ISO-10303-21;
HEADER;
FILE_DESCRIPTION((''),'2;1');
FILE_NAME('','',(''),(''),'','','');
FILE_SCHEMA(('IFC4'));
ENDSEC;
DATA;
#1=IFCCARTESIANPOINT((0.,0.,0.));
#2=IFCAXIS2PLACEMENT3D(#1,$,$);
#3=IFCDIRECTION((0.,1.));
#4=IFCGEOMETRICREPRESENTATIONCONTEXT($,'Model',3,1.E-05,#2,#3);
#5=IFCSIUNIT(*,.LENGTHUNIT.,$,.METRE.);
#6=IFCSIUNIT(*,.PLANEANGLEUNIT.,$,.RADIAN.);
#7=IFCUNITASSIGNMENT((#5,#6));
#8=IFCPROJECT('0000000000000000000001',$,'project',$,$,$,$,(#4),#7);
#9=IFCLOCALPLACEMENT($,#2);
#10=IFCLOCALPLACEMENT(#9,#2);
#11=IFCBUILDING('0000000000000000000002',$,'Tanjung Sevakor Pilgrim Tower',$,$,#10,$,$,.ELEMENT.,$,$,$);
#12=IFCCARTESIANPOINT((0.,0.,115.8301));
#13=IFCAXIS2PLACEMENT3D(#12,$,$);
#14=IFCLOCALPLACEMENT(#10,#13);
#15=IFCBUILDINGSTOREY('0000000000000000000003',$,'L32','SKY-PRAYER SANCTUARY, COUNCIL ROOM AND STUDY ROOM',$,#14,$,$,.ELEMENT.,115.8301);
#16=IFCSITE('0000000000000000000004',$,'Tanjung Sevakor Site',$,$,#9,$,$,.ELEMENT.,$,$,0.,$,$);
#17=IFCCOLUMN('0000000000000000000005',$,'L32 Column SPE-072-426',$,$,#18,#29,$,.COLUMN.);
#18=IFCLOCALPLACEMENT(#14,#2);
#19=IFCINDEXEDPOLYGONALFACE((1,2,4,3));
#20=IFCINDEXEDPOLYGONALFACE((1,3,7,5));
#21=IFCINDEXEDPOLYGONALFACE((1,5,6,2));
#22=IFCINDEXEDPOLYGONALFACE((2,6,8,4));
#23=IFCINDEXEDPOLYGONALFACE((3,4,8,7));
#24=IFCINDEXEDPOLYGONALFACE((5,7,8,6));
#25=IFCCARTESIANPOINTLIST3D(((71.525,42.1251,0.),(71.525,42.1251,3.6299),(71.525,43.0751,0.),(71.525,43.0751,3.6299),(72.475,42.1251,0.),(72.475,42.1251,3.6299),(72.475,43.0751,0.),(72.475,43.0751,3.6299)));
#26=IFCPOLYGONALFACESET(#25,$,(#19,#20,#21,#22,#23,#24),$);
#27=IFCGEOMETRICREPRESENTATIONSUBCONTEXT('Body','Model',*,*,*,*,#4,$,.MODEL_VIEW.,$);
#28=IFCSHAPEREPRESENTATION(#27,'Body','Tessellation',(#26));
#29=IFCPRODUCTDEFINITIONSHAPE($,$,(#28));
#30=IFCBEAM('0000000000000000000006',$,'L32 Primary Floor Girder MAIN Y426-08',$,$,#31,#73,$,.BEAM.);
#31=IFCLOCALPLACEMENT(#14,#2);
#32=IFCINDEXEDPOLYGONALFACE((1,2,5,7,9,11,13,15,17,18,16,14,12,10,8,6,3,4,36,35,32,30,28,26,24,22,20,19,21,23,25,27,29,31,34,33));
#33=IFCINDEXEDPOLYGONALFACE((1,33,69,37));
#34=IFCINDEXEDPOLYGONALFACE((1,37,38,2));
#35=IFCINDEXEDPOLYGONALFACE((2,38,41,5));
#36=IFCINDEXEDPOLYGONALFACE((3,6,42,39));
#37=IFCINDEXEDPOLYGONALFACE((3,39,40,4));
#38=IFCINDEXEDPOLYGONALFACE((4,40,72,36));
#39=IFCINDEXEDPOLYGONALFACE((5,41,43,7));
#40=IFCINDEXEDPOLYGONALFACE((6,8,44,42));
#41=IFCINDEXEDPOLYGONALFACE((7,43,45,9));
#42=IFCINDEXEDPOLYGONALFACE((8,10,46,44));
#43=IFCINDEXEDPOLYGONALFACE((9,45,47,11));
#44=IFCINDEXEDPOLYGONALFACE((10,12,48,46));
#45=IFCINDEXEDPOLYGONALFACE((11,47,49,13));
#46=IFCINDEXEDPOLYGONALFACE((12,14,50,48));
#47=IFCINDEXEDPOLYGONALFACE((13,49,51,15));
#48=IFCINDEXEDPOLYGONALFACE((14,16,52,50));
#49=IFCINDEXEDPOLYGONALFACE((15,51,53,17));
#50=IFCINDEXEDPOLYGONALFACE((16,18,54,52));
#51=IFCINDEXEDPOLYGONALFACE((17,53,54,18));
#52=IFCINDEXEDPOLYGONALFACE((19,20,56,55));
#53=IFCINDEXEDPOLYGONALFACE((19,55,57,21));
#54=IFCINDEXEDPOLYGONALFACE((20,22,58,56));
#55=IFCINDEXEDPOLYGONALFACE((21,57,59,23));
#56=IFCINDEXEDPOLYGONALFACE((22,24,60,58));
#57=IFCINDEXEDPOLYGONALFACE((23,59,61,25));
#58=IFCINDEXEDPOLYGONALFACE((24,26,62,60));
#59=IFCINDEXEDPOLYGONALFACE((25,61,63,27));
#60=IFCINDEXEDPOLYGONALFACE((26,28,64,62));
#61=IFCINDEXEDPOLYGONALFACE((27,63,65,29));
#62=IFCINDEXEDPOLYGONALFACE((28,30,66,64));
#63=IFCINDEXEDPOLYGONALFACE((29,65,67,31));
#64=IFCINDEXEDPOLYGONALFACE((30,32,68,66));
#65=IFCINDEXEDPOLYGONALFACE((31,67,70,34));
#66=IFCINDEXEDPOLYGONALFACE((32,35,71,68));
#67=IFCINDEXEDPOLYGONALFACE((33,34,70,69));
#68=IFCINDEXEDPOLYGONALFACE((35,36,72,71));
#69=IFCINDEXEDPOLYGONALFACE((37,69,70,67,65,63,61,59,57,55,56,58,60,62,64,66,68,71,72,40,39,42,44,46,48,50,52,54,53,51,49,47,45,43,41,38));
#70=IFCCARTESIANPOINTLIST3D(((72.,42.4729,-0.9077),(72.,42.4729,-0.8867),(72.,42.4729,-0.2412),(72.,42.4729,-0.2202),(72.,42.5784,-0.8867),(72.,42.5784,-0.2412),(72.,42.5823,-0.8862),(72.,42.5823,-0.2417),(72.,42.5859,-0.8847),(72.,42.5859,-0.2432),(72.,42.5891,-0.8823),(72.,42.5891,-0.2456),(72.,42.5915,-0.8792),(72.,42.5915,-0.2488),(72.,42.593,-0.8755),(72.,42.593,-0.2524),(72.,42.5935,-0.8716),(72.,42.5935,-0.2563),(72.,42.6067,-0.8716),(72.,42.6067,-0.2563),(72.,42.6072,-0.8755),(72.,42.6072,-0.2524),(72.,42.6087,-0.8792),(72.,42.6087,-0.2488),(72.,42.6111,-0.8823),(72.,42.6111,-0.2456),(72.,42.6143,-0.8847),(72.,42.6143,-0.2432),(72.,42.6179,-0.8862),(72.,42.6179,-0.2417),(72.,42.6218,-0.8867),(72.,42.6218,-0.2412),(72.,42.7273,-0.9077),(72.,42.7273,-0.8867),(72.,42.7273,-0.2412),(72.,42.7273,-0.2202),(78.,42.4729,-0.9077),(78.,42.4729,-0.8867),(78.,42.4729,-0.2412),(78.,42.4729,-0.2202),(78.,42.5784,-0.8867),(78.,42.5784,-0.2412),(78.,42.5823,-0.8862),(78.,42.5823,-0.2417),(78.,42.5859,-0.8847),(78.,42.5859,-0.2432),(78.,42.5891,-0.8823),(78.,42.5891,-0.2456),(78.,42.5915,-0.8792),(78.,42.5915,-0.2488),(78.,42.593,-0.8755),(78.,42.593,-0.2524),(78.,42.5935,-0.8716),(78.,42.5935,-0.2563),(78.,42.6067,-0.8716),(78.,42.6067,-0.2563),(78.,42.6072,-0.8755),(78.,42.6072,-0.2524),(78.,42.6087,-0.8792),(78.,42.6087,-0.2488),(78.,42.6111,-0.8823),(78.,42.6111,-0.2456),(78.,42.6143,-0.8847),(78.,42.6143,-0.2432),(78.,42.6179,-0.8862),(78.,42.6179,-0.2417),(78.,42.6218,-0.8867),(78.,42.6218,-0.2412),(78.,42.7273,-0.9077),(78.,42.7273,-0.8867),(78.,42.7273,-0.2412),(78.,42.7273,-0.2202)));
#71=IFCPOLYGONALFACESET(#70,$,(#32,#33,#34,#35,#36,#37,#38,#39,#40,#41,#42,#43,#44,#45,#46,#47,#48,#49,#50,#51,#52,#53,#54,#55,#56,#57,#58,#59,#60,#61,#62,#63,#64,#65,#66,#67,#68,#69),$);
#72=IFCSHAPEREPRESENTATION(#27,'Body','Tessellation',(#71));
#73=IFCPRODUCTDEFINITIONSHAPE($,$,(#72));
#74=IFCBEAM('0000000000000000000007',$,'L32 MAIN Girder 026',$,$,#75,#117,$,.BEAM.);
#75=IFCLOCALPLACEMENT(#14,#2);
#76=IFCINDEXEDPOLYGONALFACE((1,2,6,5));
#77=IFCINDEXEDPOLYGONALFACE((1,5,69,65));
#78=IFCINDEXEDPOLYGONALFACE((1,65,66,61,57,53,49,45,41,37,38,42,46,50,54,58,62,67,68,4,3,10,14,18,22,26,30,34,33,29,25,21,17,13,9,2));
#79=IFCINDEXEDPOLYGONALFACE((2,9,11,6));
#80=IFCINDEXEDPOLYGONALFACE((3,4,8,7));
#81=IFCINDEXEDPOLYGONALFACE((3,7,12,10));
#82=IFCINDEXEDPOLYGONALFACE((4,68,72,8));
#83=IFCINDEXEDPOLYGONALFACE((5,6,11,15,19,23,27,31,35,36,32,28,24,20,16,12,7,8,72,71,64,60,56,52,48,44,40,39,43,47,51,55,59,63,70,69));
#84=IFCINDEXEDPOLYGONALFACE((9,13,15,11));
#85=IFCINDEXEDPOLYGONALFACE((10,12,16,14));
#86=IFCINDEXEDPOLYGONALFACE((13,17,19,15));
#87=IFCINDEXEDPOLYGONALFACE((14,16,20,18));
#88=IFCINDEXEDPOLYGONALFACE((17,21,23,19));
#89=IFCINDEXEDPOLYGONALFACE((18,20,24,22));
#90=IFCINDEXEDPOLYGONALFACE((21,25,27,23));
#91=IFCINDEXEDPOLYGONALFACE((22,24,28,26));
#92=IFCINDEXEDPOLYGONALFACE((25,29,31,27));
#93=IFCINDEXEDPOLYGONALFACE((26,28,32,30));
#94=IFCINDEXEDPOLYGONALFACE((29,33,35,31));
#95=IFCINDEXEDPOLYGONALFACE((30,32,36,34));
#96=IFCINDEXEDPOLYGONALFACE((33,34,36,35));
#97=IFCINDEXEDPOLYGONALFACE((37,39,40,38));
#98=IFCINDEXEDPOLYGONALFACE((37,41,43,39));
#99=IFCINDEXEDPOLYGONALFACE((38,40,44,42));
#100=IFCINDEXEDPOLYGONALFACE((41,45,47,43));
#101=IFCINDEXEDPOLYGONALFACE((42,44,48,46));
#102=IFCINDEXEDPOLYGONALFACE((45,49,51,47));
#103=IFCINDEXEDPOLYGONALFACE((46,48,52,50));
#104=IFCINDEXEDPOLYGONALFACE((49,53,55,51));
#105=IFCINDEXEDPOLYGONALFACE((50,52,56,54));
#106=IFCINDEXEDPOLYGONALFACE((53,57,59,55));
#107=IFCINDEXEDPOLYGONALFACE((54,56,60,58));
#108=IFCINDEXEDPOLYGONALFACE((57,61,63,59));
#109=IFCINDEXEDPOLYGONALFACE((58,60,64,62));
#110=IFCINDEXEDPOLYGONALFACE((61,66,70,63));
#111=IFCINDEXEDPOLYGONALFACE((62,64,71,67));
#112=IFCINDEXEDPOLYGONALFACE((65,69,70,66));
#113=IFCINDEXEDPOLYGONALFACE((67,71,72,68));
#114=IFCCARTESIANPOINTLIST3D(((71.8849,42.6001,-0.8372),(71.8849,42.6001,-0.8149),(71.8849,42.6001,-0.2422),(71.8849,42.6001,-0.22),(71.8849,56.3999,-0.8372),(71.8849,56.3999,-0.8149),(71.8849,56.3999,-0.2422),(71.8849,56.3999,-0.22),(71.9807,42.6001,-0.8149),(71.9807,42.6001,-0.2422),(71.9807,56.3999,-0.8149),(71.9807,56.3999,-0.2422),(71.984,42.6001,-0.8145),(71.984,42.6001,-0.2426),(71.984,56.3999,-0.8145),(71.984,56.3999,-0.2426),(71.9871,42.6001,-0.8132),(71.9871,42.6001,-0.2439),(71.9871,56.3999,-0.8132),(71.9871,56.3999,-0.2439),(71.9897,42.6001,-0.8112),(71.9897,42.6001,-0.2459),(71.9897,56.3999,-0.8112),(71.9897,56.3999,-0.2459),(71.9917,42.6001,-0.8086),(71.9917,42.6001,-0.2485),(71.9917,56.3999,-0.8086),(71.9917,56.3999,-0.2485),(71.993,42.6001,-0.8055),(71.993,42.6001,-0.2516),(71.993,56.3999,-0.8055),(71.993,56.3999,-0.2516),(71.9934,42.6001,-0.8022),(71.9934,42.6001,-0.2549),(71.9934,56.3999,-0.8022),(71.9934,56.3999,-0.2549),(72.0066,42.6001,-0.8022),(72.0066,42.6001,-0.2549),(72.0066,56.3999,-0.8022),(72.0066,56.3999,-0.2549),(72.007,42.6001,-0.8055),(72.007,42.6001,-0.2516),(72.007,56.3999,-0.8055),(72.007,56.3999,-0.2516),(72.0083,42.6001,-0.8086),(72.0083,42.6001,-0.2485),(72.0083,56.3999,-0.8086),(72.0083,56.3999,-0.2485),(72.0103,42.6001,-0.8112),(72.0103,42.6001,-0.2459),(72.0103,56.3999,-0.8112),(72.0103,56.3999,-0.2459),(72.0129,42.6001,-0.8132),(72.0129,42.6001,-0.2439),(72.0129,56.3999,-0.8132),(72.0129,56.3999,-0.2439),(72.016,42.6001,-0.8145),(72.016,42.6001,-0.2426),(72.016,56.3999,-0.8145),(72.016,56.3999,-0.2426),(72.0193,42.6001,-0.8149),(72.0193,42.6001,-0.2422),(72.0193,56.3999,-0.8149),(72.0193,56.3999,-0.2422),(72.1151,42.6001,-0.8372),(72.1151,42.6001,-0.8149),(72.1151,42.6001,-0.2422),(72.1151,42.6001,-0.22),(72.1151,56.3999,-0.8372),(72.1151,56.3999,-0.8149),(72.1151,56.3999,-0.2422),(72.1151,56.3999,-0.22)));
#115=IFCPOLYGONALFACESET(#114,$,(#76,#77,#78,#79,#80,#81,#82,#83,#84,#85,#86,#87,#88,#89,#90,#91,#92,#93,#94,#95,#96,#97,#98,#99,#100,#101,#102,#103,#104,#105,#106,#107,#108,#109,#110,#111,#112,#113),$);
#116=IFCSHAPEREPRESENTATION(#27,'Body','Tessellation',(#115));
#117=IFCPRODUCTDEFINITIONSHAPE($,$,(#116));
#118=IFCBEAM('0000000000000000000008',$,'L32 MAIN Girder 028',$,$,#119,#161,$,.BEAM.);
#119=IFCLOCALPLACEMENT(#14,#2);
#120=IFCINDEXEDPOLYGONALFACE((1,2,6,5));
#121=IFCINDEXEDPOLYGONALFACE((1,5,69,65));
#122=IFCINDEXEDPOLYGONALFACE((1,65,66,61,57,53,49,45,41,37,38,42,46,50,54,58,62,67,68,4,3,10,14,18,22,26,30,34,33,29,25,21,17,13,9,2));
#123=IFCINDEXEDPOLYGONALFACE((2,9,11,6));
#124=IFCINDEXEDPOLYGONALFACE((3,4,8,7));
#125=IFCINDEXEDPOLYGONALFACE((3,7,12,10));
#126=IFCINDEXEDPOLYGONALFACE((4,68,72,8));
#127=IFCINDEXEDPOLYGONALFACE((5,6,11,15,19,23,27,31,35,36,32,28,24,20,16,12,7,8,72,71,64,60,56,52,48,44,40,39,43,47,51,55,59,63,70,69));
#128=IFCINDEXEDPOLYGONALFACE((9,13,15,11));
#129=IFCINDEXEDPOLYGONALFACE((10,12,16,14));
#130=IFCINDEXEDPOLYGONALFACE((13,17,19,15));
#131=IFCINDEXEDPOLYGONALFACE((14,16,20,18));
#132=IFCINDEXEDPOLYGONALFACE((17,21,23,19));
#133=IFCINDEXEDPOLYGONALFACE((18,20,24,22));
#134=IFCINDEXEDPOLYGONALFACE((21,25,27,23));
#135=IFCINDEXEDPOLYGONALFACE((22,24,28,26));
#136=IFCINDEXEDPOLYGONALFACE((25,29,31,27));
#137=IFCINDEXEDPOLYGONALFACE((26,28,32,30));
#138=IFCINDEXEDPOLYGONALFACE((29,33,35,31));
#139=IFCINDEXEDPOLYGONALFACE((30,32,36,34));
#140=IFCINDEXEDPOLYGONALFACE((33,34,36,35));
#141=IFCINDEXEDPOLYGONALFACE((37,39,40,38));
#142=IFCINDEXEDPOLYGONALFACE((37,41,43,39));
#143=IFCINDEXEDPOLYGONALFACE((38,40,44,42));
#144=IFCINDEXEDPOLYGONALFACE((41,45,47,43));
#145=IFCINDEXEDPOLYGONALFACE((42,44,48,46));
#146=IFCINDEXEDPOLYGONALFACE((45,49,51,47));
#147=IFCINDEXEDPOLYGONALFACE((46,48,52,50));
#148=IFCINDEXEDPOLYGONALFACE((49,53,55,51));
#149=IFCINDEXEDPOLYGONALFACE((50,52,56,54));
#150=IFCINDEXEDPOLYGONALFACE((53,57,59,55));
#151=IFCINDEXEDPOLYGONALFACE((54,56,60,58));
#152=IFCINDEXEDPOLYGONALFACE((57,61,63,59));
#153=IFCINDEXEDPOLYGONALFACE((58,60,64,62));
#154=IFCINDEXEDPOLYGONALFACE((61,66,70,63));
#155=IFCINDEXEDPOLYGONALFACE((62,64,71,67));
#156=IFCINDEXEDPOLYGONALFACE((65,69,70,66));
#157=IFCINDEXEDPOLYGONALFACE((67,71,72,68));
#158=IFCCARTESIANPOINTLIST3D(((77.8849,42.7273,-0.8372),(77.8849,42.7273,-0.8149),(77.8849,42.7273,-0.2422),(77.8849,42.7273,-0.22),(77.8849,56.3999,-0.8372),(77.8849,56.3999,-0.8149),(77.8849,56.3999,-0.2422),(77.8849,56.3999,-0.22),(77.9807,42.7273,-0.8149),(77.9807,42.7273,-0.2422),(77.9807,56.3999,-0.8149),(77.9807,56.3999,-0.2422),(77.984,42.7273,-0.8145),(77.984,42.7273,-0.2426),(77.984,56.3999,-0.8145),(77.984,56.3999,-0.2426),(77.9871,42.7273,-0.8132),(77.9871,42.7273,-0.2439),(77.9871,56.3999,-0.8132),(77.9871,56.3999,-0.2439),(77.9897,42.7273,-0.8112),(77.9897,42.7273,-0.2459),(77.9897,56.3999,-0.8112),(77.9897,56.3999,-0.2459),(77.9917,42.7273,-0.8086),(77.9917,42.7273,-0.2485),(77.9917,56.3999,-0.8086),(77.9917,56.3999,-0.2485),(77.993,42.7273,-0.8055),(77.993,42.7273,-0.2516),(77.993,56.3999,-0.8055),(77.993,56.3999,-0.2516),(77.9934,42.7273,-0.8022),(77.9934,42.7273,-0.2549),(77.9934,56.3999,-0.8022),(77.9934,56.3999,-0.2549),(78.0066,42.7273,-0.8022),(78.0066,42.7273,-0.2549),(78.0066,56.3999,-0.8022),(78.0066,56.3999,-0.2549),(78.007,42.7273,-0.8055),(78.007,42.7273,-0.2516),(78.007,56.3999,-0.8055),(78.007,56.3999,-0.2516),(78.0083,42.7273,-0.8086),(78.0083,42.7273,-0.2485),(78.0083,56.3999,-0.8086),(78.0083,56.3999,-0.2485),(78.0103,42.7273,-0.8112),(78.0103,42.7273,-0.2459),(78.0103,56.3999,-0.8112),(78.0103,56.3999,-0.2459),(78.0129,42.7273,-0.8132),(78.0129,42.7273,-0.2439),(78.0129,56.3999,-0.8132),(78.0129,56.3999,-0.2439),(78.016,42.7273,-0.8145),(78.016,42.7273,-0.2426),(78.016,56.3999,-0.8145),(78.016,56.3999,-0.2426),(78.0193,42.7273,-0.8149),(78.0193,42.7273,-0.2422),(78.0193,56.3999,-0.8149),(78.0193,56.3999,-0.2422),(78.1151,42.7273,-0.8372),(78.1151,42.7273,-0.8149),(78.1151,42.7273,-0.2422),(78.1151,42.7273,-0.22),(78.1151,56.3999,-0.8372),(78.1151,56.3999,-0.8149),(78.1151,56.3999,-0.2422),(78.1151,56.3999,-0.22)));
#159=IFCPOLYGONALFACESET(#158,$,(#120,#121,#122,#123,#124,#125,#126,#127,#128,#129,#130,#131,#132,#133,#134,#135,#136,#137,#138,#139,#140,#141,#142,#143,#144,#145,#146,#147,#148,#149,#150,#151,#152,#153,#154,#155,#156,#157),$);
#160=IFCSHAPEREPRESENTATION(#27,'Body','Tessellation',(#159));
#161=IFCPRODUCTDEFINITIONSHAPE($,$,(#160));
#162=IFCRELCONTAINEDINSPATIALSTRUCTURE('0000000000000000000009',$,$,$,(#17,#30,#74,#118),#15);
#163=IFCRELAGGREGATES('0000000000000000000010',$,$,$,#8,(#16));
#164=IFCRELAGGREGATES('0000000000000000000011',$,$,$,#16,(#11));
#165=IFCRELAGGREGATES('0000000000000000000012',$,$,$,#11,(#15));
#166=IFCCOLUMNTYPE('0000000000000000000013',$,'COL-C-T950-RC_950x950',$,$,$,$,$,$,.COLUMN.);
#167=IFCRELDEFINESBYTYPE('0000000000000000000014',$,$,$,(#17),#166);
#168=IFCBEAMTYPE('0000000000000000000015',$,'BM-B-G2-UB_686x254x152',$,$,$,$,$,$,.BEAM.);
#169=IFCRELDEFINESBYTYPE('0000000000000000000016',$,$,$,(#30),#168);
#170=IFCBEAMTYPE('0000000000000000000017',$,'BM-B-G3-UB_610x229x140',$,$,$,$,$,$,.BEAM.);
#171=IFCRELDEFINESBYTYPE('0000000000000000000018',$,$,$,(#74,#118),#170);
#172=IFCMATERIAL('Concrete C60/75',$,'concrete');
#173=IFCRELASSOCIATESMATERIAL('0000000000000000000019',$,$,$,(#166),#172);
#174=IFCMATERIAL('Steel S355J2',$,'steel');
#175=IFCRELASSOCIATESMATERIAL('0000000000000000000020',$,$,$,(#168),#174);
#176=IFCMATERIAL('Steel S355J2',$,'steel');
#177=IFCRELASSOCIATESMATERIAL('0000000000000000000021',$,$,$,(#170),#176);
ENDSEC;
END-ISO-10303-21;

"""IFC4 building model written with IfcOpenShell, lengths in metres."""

from ifc_helpers import new_model, si_unit, direction, frame, origin, origin_2d, place, context, subcontext, project, spatial, rectangle, i_section, extrude, material, material_profile, profile_set, type_object, element, save


model = new_model("IFC4")

# Units and contexts
model_context = context("Model", 3, precision=1e-05, world=origin(), true_north=direction((0.0, 1.0)))
body_context = subcontext(model_context, "Body", "Model", "MODEL_VIEW")
ifc_project = project(units=[si_unit("LENGTHUNIT", "METRE"), si_unit("PLANEANGLEUNIT", "RADIAN")], contexts=[model_context])

# Site, building, storey
site_placement = place(None, origin())
site = spatial("IfcSite", under=ifc_project, at=site_placement, Name="Tanjung Sevakor Site", CompositionType="ELEMENT", RefElevation=0.0)
building_placement = place(site_placement, origin())
building = spatial("IfcBuilding", under=site, at=building_placement, Name="Tanjung Sevakor Pilgrim Tower", CompositionType="ELEMENT")
storey_placement = place(building_placement, frame((0.0, 0.0, 115.8301)))
storey = spatial("IfcBuildingStorey", under=building, at=storey_placement, Name="L32", Description="SKY-PRAYER SANCTUARY, COUNCIL ROOM AND STUDY ROOM", CompositionType="ELEMENT", Elevation=115.8301)

# Column
ifc_material_1 = material(Name="Concrete C60/75", Category="concrete")
ifc_material_profile_1 = material_profile(ifc_material_1, rectangle(XDim=0.95, YDim=0.95, at=origin_2d()))
ifc_profile_set_1 = profile_set([ifc_material_profile_1], Name="Concrete C60/75")
column_type = type_object("IfcColumnType", Name="COL-C-T950-RC_950x950", PredefinedType="COLUMN", material=ifc_profile_set_1)
column_placement = place(storey_placement, frame((72.0, 42.6001, 0.0), z_axis=(0.0, 0.0, 1.0), x_axis=(1.0, 0.0, 0.0)))
element("IfcColumn", 1, at=column_placement, inside=storey, type_object=column_type, Name="L32 Column SPE-072-426", PredefinedType="COLUMN", context=body_context, shape_type="SweptSolid", body=[
    extrude(rectangle(XDim=0.95, YDim=0.95, at=origin_2d()), origin(), (0.0, 0.0, 1.0), 3.6299),
])

# Beams
ifc_material_2 = material(Name="Steel S355J2", Category="steel")
ifc_material_profile_2 = material_profile(ifc_material_2, i_section(OverallWidth=0.2544, OverallDepth=0.6875, WebThickness=0.0132, FlangeThickness=0.021, FilletRadius=0.0151, at=origin_2d()))
ifc_profile_set_2 = profile_set([ifc_material_profile_2], Name="Steel S355J2")
beam_type_1 = type_object("IfcBeamType", Name="BM-B-G2-UB_686x254x152", PredefinedType="BEAM", material=ifc_profile_set_2)
beam_1_placement = place(storey_placement, frame((72.0, 42.6001, -0.564), z_axis=(1.0, 0.0, 0.0), x_axis=(0.0, 1.0, 0.0)))
element("IfcBeam", 2, at=beam_1_placement, inside=storey, type_object=beam_type_1, Name="L32 Primary Floor Girder MAIN Y426-08", PredefinedType="BEAM", context=body_context, shape_type="SweptSolid", body=[
    extrude(i_section(OverallWidth=0.2544, OverallDepth=0.6875, WebThickness=0.0132, FlangeThickness=0.021, FilletRadius=0.0151, at=origin_2d()), origin(), (0.0, 0.0, 1.0), 6.0),
])
ifc_material_3 = material(Name="Steel S355J2", Category="steel")
ifc_material_profile_3 = material_profile(ifc_material_3, i_section(OverallWidth=0.2302, OverallDepth=0.6172, WebThickness=0.0132, FlangeThickness=0.0222, FilletRadius=0.0127, at=origin_2d()))
ifc_profile_set_3 = profile_set([ifc_material_profile_3], Name="Steel S355J2")
beam_type_2 = type_object("IfcBeamType", Name="BM-B-G3-UB_610x229x140", PredefinedType="BEAM", material=ifc_profile_set_3)
beam_2_placement = place(storey_placement, frame((72.0, 42.6001, -0.5286), z_axis=(0.0, 1.0, 0.0), x_axis=(-1.0, 0.0, 0.0)))
element("IfcBeam", 3, at=beam_2_placement, inside=storey, type_object=beam_type_2, Name="L32 MAIN Girder 026", PredefinedType="BEAM", context=body_context, shape_type="SweptSolid", body=[
    extrude(i_section(OverallWidth=0.2302, OverallDepth=0.6172, WebThickness=0.0132, FlangeThickness=0.0222, FilletRadius=0.0127, at=origin_2d()), origin(), (0.0, 0.0, 1.0), 13.7998),
])
beam_3_placement = place(storey_placement, frame((78.0, 42.7273, -0.5286), z_axis=(0.0, 1.0, 0.0), x_axis=(-1.0, 0.0, 0.0)))
element("IfcBeam", 4, at=beam_3_placement, inside=storey, type_object=beam_type_2, Name="L32 MAIN Girder 028", PredefinedType="BEAM", context=body_context, shape_type="SweptSolid", body=[
    extrude(i_section(OverallWidth=0.2302, OverallDepth=0.6172, WebThickness=0.0132, FlangeThickness=0.0222, FilletRadius=0.0127, at=origin_2d()), origin(), (0.0, 0.0, 1.0), 13.6726),
])

save(model, "model.ifc")
